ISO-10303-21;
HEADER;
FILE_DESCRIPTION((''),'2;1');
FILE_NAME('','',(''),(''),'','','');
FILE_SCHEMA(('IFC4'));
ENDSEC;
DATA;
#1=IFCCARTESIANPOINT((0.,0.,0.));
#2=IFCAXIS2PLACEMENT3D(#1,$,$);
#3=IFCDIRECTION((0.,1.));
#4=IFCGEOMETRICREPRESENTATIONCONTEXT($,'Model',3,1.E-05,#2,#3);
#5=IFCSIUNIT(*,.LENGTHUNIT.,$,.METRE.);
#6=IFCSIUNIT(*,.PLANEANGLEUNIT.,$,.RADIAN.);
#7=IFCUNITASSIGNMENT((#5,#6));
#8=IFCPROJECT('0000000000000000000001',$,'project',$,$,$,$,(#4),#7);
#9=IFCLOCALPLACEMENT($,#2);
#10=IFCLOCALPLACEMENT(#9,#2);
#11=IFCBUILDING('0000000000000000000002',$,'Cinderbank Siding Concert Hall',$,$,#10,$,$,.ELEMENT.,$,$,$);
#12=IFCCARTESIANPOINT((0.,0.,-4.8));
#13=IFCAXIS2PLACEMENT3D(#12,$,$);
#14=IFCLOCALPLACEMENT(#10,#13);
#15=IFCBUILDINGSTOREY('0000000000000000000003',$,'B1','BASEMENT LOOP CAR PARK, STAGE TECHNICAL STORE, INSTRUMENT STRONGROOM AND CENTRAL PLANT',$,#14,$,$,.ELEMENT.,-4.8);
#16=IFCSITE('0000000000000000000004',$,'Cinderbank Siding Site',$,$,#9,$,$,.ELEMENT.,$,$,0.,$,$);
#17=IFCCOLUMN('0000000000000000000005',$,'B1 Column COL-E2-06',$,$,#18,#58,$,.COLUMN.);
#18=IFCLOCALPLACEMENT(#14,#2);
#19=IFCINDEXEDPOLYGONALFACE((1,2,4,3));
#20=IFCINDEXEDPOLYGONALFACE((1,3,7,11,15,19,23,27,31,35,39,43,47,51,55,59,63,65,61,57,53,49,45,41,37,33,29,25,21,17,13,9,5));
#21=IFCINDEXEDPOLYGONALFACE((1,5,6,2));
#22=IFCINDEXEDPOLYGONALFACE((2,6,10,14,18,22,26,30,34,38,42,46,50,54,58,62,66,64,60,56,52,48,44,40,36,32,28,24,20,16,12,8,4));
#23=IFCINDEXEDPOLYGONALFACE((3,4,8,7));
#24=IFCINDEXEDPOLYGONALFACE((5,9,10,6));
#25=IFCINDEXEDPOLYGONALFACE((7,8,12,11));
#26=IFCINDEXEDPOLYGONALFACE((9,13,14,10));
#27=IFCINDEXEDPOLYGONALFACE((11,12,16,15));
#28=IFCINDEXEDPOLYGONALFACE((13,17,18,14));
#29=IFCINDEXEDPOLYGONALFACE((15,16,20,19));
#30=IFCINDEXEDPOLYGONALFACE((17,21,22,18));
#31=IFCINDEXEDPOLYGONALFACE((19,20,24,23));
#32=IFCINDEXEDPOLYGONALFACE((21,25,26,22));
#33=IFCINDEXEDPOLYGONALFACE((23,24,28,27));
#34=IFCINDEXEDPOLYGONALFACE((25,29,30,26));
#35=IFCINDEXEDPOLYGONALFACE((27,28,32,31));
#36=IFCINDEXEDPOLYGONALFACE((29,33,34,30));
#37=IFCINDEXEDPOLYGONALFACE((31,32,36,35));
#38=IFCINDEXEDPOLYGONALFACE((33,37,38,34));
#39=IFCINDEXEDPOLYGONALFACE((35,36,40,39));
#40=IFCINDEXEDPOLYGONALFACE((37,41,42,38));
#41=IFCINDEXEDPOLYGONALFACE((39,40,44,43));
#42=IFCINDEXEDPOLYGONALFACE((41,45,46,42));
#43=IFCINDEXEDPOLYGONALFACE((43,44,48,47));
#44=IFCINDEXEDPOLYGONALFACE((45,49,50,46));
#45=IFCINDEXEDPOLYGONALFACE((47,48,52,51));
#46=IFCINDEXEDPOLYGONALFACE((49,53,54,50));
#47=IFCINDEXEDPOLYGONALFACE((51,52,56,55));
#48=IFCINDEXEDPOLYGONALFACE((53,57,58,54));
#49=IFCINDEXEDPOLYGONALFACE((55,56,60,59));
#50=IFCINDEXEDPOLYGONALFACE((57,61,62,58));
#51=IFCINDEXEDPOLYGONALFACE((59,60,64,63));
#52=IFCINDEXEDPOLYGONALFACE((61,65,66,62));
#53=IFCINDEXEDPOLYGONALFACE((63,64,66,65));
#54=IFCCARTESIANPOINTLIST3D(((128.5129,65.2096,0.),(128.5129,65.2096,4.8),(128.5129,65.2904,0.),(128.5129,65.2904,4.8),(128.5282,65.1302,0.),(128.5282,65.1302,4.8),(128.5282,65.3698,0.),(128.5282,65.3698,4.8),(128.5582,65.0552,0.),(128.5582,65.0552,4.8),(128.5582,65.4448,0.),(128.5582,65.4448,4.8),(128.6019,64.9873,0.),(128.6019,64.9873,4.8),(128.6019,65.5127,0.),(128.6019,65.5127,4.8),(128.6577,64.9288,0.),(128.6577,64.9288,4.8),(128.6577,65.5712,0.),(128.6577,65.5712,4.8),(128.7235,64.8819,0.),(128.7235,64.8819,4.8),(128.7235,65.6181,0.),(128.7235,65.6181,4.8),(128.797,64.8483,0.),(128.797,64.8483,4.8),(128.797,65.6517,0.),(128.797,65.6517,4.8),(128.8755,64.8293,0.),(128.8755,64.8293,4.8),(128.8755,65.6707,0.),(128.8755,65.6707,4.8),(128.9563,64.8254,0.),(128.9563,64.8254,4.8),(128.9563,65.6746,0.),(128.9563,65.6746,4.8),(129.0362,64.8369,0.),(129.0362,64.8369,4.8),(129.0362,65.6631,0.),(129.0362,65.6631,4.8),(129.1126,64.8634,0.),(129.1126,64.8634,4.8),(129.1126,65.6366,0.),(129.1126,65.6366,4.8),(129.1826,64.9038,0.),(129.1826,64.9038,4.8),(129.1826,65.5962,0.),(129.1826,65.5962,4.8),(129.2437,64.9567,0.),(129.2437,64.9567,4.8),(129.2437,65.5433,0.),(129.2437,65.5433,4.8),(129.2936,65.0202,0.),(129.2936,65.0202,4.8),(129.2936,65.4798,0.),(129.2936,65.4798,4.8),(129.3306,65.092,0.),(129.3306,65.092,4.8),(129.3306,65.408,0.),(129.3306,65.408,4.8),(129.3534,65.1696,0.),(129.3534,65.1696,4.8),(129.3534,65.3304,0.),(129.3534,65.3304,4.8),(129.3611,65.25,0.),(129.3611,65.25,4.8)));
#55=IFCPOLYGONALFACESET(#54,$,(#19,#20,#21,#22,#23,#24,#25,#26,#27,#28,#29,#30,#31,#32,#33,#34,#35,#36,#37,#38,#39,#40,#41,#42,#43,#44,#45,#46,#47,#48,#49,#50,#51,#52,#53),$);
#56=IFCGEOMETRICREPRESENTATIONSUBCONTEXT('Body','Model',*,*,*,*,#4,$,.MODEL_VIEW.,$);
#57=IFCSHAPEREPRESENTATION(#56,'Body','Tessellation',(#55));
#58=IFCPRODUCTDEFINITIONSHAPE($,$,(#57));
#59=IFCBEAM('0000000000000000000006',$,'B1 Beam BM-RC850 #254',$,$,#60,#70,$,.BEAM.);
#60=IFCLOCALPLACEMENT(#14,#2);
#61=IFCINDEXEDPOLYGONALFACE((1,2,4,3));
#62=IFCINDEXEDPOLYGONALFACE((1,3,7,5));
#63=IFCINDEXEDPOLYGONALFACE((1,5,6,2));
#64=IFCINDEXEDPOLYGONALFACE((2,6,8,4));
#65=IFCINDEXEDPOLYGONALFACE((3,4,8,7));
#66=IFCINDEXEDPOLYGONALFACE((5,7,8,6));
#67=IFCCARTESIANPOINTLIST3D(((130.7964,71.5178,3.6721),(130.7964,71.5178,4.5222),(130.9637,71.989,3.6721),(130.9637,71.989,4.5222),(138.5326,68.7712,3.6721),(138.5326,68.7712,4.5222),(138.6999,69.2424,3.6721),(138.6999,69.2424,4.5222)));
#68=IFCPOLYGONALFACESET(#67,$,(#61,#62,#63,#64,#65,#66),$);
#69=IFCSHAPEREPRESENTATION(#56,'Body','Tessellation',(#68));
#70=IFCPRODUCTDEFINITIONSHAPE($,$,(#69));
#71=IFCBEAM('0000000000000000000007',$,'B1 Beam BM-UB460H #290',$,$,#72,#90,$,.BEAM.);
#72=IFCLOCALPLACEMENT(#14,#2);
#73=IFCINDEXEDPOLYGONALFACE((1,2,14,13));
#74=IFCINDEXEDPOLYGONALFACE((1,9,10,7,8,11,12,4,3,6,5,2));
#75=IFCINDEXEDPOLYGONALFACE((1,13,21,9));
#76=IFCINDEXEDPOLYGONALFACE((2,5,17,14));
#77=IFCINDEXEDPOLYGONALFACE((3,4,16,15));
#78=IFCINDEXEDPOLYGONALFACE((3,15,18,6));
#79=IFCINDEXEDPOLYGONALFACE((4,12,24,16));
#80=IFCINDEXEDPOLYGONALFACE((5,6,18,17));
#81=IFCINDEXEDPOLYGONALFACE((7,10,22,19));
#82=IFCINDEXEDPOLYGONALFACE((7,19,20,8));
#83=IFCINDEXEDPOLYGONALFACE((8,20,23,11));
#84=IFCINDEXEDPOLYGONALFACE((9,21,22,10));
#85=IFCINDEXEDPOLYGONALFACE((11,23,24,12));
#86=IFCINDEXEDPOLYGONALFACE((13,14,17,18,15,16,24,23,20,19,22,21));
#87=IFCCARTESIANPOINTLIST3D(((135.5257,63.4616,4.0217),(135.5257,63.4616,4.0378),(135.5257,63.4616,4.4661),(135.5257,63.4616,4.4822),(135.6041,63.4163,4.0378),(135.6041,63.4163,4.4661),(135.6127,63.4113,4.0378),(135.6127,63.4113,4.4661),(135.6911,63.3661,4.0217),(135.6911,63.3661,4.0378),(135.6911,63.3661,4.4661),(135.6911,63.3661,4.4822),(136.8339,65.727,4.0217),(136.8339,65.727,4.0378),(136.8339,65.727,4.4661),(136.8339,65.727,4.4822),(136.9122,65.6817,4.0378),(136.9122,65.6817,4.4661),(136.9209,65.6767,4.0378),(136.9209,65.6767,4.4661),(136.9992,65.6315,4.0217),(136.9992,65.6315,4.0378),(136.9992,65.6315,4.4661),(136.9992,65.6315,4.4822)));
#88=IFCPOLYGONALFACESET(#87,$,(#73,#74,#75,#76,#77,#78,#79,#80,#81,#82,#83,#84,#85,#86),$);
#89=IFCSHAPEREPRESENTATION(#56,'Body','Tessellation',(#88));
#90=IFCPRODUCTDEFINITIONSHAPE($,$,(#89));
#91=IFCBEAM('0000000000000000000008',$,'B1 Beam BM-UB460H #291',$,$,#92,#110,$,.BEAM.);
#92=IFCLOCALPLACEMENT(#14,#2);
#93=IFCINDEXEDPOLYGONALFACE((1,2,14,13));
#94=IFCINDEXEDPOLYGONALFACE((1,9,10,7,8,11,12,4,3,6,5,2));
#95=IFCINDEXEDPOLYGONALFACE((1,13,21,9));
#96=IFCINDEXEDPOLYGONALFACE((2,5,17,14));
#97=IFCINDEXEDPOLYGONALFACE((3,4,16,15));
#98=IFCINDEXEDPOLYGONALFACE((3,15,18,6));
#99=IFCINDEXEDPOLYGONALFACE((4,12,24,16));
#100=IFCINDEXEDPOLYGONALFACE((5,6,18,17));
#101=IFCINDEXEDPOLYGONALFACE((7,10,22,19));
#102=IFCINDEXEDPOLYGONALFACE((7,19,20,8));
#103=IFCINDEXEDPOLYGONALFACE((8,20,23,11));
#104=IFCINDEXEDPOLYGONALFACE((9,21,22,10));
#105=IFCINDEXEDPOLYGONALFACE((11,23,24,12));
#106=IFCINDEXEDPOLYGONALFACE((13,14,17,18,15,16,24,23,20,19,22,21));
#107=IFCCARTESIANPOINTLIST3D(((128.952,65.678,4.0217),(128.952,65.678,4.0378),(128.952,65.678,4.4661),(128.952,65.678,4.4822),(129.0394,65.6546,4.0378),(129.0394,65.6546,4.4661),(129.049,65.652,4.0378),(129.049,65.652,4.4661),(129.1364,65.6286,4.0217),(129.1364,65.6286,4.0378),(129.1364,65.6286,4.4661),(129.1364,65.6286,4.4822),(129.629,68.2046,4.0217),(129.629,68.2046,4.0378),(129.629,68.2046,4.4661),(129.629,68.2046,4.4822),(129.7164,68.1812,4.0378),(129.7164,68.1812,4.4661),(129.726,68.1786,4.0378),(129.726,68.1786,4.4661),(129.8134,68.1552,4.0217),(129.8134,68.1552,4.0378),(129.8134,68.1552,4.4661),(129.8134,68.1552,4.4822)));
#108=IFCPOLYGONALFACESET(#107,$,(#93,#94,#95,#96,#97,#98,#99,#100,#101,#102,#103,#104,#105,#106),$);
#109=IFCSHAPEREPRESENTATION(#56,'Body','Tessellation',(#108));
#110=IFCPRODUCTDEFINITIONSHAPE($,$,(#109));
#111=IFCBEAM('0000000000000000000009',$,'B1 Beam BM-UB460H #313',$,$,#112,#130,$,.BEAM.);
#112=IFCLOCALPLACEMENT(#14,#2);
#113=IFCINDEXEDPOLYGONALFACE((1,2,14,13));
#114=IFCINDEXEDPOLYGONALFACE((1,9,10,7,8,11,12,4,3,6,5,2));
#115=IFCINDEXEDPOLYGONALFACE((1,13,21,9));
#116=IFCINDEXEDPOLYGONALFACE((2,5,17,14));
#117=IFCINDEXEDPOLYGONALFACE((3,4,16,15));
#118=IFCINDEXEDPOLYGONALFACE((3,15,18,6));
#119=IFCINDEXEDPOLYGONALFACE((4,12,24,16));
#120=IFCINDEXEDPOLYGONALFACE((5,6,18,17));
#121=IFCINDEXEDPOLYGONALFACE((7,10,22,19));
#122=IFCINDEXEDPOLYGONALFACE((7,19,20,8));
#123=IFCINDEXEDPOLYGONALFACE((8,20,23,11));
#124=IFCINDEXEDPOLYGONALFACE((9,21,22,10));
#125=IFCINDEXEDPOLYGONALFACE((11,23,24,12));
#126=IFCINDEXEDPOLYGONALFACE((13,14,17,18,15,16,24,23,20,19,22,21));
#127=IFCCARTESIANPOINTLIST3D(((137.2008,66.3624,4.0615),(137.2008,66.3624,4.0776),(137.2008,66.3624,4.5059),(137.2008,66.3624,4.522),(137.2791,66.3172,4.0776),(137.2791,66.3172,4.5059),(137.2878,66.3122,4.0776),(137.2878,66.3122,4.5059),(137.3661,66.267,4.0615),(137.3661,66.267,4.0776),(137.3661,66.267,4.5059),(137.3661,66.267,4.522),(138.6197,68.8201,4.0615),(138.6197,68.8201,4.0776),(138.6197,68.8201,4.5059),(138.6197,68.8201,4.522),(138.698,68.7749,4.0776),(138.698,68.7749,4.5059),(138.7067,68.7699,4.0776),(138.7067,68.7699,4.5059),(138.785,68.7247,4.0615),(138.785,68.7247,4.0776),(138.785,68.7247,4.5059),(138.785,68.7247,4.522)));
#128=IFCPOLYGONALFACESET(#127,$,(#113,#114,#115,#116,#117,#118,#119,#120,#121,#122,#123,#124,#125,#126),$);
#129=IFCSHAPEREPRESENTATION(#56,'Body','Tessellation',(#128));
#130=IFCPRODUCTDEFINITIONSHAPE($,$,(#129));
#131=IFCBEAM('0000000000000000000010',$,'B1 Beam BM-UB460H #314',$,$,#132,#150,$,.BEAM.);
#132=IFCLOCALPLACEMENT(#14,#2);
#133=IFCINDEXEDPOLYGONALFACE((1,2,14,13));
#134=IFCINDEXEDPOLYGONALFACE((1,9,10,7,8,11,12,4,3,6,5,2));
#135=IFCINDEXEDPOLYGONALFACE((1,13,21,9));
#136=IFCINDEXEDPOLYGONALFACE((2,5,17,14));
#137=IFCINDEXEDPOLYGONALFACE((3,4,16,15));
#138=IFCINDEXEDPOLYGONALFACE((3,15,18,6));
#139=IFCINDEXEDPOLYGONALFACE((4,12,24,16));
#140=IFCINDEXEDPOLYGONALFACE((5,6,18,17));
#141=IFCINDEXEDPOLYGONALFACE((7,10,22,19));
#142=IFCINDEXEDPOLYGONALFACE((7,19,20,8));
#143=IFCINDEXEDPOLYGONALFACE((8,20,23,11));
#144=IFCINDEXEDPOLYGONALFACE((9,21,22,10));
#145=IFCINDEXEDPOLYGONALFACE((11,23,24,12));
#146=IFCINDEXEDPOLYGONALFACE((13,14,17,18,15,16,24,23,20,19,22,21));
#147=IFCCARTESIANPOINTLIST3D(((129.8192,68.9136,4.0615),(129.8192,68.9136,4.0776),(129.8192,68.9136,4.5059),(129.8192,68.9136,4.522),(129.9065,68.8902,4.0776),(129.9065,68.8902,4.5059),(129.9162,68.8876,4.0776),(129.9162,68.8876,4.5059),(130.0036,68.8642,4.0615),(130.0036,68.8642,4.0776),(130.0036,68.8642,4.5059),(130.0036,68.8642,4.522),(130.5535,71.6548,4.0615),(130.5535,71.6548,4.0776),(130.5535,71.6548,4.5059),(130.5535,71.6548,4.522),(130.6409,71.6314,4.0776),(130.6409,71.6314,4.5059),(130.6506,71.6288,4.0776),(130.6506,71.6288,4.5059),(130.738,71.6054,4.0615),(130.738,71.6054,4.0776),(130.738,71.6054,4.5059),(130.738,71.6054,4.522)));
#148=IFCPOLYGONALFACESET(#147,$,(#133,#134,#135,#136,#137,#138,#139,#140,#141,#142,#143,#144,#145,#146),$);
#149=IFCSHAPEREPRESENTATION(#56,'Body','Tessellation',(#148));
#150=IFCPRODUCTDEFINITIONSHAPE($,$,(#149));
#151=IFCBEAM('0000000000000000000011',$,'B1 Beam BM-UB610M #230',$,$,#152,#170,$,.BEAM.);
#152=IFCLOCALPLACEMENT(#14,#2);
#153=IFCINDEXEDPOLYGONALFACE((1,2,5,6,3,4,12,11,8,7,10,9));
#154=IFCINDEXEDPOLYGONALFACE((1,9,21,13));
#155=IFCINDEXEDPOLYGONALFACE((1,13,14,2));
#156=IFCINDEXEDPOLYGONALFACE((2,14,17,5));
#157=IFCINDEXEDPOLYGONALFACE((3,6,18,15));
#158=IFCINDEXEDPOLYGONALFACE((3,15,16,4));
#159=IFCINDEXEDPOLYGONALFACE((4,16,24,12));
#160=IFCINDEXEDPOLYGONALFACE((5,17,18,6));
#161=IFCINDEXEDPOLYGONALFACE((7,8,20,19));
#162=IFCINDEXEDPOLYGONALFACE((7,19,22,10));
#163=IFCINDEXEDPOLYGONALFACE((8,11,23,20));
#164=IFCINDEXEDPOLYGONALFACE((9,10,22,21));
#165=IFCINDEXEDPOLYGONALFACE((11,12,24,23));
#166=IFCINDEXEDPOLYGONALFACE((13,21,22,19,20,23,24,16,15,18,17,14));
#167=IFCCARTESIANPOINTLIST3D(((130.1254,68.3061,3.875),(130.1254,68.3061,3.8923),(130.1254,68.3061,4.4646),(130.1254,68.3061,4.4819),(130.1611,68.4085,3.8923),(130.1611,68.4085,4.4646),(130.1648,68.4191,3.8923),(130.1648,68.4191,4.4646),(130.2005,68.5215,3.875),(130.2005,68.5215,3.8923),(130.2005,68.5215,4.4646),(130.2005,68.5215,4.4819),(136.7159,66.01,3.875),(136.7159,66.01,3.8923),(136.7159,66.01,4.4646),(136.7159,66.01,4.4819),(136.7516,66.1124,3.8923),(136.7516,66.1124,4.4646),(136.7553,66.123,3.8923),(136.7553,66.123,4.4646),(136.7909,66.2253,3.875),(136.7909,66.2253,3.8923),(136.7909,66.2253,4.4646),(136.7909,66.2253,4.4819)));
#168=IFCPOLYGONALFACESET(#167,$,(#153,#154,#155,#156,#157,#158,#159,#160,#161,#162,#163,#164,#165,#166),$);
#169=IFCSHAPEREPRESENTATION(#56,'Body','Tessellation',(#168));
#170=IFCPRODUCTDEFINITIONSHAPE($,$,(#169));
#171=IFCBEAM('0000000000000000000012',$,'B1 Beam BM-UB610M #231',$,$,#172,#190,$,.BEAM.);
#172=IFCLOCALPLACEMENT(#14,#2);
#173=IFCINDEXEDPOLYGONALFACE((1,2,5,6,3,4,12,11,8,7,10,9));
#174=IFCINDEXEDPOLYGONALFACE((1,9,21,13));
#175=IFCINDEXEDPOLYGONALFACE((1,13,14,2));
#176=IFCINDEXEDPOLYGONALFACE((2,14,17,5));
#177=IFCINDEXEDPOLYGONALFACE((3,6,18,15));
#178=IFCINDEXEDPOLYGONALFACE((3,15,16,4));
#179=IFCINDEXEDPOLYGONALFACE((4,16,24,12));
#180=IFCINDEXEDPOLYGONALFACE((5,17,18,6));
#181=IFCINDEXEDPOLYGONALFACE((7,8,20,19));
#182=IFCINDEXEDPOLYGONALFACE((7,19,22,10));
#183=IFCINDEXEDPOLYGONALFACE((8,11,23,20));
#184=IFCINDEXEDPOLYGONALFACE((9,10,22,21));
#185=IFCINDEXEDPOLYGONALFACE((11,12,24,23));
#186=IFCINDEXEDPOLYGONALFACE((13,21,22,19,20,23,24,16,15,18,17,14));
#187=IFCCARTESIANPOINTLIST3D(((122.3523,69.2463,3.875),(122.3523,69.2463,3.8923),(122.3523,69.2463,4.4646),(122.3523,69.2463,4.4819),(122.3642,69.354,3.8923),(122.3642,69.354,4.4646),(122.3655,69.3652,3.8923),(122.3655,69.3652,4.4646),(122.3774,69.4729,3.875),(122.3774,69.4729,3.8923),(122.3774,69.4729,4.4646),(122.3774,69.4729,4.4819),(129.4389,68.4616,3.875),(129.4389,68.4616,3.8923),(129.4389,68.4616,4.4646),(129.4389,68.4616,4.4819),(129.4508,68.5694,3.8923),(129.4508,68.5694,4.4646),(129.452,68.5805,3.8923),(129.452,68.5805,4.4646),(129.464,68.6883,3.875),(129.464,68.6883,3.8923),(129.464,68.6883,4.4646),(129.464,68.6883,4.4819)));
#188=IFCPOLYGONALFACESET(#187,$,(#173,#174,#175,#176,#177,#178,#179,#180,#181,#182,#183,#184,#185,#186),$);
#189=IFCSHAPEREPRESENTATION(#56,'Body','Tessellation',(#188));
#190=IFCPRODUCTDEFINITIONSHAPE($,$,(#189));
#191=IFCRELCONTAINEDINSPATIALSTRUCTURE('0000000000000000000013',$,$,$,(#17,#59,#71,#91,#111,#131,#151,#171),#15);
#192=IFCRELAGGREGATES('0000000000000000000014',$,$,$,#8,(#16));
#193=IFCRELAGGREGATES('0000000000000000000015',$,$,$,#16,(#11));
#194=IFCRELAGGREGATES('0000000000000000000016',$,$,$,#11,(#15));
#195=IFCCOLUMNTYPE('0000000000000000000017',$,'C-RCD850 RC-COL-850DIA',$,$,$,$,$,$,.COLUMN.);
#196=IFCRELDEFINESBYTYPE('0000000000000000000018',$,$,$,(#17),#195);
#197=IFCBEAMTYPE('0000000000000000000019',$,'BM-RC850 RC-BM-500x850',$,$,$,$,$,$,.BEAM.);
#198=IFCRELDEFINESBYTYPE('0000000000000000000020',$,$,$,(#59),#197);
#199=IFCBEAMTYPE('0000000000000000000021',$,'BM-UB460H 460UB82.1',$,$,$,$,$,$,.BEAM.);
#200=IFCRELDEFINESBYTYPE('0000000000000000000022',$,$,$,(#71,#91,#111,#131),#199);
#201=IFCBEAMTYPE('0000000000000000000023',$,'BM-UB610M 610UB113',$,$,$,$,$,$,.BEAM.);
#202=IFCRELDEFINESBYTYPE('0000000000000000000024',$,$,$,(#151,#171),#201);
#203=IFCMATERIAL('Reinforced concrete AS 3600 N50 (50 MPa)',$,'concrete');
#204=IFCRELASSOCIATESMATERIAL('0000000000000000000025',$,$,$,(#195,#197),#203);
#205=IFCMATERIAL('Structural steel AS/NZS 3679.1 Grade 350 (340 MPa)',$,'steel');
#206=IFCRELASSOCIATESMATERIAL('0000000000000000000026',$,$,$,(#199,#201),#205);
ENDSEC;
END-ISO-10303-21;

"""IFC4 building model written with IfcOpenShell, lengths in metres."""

from ifc_helpers import new_model, si_unit, direction, frame, origin, origin_2d, place, context, subcontext, project, spatial, rectangle, circle, i_section, extrude, material, material_profile, profile_set, type_object, element, save


model = new_model("IFC4")

# Units and contexts
model_context = context("Model", 3, precision=1e-05, world=origin(), true_north=direction((0.0, 1.0)))
body_context = subcontext(model_context, "Body", "Model", "MODEL_VIEW")
ifc_project = project(units=[si_unit("LENGTHUNIT", "METRE"), si_unit("PLANEANGLEUNIT", "RADIAN")], contexts=[model_context])

# Site, building, storey
site_placement = place(None, origin())
site = spatial("IfcSite", under=ifc_project, at=site_placement, Name="Cinderbank Siding Site", CompositionType="ELEMENT", RefElevation=0.0)
building_placement = place(site_placement, origin())
building = spatial("IfcBuilding", under=site, at=building_placement, Name="Cinderbank Siding Concert Hall", CompositionType="ELEMENT")
storey_placement = place(building_placement, frame((0.0, 0.0, -4.8)))
storey = spatial("IfcBuildingStorey", under=building, at=storey_placement, Name="B1", Description="BASEMENT LOOP CAR PARK, STAGE TECHNICAL STORE, INSTRUMENT STRONGROOM AND CENTRAL PLANT", CompositionType="ELEMENT", Elevation=-4.8)

# Column
ifc_material_1 = material(Name="Reinforced concrete AS 3600 N50 (50 MPa)", Category="concrete")
ifc_material_profile_1 = material_profile(ifc_material_1, circle(Radius=0.425, at=origin_2d()), Name="RC-COL-850DIA", Category="LoadBearing")
ifc_profile_set_1 = profile_set([ifc_material_profile_1], Name="Reinforced concrete AS 3600 N50 (50 MPa)")
column_type_1 = type_object("IfcColumnType", Name="C-RCD850 RC-COL-850DIA", PredefinedType="COLUMN", material=ifc_profile_set_1)
for number, where, z_axis, x_axis, name in (
    (1, (128.936, 65.25, 0.0), (0.0, 0.0, 1.0), (1.0, 0.0, 0.0), "B1 Column COL-E2-06"),
):
    element("IfcColumn", number, at=place(storey_placement, frame(where, z_axis=z_axis, x_axis=x_axis)), inside=storey, type_object=column_type_1, Name=name, PredefinedType="COLUMN", context=body_context, shape_type="SweptSolid", body=[
        extrude(circle(Radius=0.425, at=origin_2d()), origin(), (0.0, 0.0, 1.0), 4.8),
    ])

# Beams
ifc_material_profile_2 = material_profile(ifc_material_1, rectangle(XDim=0.5, YDim=0.8501, at=origin_2d()), Name="RC-BM-500x850", Category="LoadBearing")
ifc_profile_set_2 = profile_set([ifc_material_profile_2], Name="Reinforced concrete AS 3600 N50 (50 MPa)")
beam_type_1 = type_object("IfcBeamType", Name="BM-RC850 RC-BM-500x850", PredefinedType="BEAM", material=ifc_profile_set_2)
beam_1_placement = place(storey_placement, frame((138.6162, 69.0068, 4.0972), z_axis=(-0.942369, 0.334574, 0.0), x_axis=(-0.334574, -0.942369, 0.0)))
element("IfcBeam", 2, at=beam_1_placement, inside=storey, type_object=beam_type_1, Name="B1 Beam BM-RC850 #254", PredefinedType="BEAM", context=body_context, shape_type="SweptSolid", body=[
    extrude(rectangle(XDim=0.5, YDim=0.8501, at=origin_2d()), origin(), (0.0, 0.0, 1.0), 8.2092),
])
ifc_material_2 = material(Name="Structural steel AS/NZS 3679.1 Grade 350 (340 MPa)", Category="steel")
ifc_material_profile_3 = material_profile(ifc_material_2, i_section(OverallWidth=0.1909, OverallDepth=0.4604, WebThickness=0.01, FlangeThickness=0.0161, at=origin_2d()), Name="460UB82.1", Category="LoadBearing")
ifc_profile_set_3 = profile_set([ifc_material_profile_3], Name="Structural steel AS/NZS 3679.1 Grade 350 (340 MPa)")
beam_type_2 = type_object("IfcBeamType", Name="BM-UB460H 460UB82.1", PredefinedType="BEAM", material=ifc_profile_set_3)
beam_2_placement = place(storey_placement, frame((135.6084, 63.4138, 4.252), z_axis=(0.500054, 0.865994, 0.0), x_axis=(-0.865994, 0.500054, 0.0)))
element("IfcBeam", 3, at=beam_2_placement, inside=storey, type_object=beam_type_2, Name="B1 Beam BM-UB460H #290", PredefinedType="BEAM", context=body_context, shape_type="SweptSolid", body=[
    extrude(i_section(OverallWidth=0.1909, OverallDepth=0.4604, WebThickness=0.01, FlangeThickness=0.0161, at=origin_2d()), origin(), (0.0, 0.0, 1.0), 2.616),
])
beam_3_placement = place(storey_placement, frame((129.0442, 65.6533, 4.252), z_axis=(0.258819, 0.965926, 0.0), x_axis=(-0.965926, 0.258819, 0.0)))
element("IfcBeam", 4, at=beam_3_placement, inside=storey, type_object=beam_type_2, Name="B1 Beam BM-UB460H #291", PredefinedType="BEAM", context=body_context, shape_type="SweptSolid", body=[
    extrude(i_section(OverallWidth=0.1909, OverallDepth=0.4604, WebThickness=0.01, FlangeThickness=0.0161, at=origin_2d()), origin(), (0.0, 0.0, 1.0), 2.6157),
])
for number, where, z_axis, x_axis, name in (
    (5, (137.2834, 66.3147, 4.2917), (0.499988, 0.866032, 0.0), (-0.866032, 0.499988, 0.0), "B1 Beam BM-UB460H #313"),
    (6, (129.9114, 68.8889, 4.2917), (0.258776, 0.965937, 0.0), (-0.965937, 0.258776, 0.0), "B1 Beam BM-UB460H #314"),
):
    element("IfcBeam", number, at=place(storey_placement, frame(where, z_axis=z_axis, x_axis=x_axis)), inside=storey, type_object=beam_type_2, Name=name, PredefinedType="BEAM", context=body_context, shape_type="SweptSolid", body=[
        extrude(i_section(OverallWidth=0.1909, OverallDepth=0.4604, WebThickness=0.01, FlangeThickness=0.0161, at=origin_2d()), origin(), (0.0, 0.0, 1.0), 2.8379),
    ])
ifc_material_profile_4 = material_profile(ifc_material_2, i_section(OverallWidth=0.228, OverallDepth=0.6069, WebThickness=0.0112, FlangeThickness=0.0173, at=origin_2d()), Name="610UB113", Category="LoadBearing")
ifc_profile_set_4 = profile_set([ifc_material_profile_4], Name="Structural steel AS/NZS 3679.1 Grade 350 (340 MPa)")
beam_type_3 = type_object("IfcBeamType", Name="BM-UB610M 610UB113", PredefinedType="BEAM", material=ifc_profile_set_4)
beam_4_placement = place(storey_placement, frame((136.7534, 66.1177, 4.1785), z_axis=(-0.944329, 0.329002, 0.0), x_axis=(-0.329002, -0.944329, 0.0)))
element("IfcBeam", 7, at=beam_4_placement, inside=storey, type_object=beam_type_3, Name="B1 Beam BM-UB610M #230", PredefinedType="BEAM", context=body_context, shape_type="SweptSolid", body=[
    extrude(i_section(OverallWidth=0.228, OverallDepth=0.6069, WebThickness=0.0112, FlangeThickness=0.0173, at=origin_2d()), origin(), (0.0, 0.0, 1.0), 6.979),
])
beam_5_placement = place(storey_placement, frame((129.4514, 68.575, 4.1785), z_axis=(-0.993926, 0.110052, 0.0), x_axis=(-0.110052, -0.993926, 0.0)))
element("IfcBeam", 8, at=beam_5_placement, inside=storey, type_object=beam_type_3, Name="B1 Beam BM-UB610M #231", PredefinedType="BEAM", context=body_context, shape_type="SweptSolid", body=[
    extrude(i_section(OverallWidth=0.228, OverallDepth=0.6069, WebThickness=0.0112, FlangeThickness=0.0173, at=origin_2d()), origin(), (0.0, 0.0, 1.0), 7.1299),
])

save(model, "model.ifc")
